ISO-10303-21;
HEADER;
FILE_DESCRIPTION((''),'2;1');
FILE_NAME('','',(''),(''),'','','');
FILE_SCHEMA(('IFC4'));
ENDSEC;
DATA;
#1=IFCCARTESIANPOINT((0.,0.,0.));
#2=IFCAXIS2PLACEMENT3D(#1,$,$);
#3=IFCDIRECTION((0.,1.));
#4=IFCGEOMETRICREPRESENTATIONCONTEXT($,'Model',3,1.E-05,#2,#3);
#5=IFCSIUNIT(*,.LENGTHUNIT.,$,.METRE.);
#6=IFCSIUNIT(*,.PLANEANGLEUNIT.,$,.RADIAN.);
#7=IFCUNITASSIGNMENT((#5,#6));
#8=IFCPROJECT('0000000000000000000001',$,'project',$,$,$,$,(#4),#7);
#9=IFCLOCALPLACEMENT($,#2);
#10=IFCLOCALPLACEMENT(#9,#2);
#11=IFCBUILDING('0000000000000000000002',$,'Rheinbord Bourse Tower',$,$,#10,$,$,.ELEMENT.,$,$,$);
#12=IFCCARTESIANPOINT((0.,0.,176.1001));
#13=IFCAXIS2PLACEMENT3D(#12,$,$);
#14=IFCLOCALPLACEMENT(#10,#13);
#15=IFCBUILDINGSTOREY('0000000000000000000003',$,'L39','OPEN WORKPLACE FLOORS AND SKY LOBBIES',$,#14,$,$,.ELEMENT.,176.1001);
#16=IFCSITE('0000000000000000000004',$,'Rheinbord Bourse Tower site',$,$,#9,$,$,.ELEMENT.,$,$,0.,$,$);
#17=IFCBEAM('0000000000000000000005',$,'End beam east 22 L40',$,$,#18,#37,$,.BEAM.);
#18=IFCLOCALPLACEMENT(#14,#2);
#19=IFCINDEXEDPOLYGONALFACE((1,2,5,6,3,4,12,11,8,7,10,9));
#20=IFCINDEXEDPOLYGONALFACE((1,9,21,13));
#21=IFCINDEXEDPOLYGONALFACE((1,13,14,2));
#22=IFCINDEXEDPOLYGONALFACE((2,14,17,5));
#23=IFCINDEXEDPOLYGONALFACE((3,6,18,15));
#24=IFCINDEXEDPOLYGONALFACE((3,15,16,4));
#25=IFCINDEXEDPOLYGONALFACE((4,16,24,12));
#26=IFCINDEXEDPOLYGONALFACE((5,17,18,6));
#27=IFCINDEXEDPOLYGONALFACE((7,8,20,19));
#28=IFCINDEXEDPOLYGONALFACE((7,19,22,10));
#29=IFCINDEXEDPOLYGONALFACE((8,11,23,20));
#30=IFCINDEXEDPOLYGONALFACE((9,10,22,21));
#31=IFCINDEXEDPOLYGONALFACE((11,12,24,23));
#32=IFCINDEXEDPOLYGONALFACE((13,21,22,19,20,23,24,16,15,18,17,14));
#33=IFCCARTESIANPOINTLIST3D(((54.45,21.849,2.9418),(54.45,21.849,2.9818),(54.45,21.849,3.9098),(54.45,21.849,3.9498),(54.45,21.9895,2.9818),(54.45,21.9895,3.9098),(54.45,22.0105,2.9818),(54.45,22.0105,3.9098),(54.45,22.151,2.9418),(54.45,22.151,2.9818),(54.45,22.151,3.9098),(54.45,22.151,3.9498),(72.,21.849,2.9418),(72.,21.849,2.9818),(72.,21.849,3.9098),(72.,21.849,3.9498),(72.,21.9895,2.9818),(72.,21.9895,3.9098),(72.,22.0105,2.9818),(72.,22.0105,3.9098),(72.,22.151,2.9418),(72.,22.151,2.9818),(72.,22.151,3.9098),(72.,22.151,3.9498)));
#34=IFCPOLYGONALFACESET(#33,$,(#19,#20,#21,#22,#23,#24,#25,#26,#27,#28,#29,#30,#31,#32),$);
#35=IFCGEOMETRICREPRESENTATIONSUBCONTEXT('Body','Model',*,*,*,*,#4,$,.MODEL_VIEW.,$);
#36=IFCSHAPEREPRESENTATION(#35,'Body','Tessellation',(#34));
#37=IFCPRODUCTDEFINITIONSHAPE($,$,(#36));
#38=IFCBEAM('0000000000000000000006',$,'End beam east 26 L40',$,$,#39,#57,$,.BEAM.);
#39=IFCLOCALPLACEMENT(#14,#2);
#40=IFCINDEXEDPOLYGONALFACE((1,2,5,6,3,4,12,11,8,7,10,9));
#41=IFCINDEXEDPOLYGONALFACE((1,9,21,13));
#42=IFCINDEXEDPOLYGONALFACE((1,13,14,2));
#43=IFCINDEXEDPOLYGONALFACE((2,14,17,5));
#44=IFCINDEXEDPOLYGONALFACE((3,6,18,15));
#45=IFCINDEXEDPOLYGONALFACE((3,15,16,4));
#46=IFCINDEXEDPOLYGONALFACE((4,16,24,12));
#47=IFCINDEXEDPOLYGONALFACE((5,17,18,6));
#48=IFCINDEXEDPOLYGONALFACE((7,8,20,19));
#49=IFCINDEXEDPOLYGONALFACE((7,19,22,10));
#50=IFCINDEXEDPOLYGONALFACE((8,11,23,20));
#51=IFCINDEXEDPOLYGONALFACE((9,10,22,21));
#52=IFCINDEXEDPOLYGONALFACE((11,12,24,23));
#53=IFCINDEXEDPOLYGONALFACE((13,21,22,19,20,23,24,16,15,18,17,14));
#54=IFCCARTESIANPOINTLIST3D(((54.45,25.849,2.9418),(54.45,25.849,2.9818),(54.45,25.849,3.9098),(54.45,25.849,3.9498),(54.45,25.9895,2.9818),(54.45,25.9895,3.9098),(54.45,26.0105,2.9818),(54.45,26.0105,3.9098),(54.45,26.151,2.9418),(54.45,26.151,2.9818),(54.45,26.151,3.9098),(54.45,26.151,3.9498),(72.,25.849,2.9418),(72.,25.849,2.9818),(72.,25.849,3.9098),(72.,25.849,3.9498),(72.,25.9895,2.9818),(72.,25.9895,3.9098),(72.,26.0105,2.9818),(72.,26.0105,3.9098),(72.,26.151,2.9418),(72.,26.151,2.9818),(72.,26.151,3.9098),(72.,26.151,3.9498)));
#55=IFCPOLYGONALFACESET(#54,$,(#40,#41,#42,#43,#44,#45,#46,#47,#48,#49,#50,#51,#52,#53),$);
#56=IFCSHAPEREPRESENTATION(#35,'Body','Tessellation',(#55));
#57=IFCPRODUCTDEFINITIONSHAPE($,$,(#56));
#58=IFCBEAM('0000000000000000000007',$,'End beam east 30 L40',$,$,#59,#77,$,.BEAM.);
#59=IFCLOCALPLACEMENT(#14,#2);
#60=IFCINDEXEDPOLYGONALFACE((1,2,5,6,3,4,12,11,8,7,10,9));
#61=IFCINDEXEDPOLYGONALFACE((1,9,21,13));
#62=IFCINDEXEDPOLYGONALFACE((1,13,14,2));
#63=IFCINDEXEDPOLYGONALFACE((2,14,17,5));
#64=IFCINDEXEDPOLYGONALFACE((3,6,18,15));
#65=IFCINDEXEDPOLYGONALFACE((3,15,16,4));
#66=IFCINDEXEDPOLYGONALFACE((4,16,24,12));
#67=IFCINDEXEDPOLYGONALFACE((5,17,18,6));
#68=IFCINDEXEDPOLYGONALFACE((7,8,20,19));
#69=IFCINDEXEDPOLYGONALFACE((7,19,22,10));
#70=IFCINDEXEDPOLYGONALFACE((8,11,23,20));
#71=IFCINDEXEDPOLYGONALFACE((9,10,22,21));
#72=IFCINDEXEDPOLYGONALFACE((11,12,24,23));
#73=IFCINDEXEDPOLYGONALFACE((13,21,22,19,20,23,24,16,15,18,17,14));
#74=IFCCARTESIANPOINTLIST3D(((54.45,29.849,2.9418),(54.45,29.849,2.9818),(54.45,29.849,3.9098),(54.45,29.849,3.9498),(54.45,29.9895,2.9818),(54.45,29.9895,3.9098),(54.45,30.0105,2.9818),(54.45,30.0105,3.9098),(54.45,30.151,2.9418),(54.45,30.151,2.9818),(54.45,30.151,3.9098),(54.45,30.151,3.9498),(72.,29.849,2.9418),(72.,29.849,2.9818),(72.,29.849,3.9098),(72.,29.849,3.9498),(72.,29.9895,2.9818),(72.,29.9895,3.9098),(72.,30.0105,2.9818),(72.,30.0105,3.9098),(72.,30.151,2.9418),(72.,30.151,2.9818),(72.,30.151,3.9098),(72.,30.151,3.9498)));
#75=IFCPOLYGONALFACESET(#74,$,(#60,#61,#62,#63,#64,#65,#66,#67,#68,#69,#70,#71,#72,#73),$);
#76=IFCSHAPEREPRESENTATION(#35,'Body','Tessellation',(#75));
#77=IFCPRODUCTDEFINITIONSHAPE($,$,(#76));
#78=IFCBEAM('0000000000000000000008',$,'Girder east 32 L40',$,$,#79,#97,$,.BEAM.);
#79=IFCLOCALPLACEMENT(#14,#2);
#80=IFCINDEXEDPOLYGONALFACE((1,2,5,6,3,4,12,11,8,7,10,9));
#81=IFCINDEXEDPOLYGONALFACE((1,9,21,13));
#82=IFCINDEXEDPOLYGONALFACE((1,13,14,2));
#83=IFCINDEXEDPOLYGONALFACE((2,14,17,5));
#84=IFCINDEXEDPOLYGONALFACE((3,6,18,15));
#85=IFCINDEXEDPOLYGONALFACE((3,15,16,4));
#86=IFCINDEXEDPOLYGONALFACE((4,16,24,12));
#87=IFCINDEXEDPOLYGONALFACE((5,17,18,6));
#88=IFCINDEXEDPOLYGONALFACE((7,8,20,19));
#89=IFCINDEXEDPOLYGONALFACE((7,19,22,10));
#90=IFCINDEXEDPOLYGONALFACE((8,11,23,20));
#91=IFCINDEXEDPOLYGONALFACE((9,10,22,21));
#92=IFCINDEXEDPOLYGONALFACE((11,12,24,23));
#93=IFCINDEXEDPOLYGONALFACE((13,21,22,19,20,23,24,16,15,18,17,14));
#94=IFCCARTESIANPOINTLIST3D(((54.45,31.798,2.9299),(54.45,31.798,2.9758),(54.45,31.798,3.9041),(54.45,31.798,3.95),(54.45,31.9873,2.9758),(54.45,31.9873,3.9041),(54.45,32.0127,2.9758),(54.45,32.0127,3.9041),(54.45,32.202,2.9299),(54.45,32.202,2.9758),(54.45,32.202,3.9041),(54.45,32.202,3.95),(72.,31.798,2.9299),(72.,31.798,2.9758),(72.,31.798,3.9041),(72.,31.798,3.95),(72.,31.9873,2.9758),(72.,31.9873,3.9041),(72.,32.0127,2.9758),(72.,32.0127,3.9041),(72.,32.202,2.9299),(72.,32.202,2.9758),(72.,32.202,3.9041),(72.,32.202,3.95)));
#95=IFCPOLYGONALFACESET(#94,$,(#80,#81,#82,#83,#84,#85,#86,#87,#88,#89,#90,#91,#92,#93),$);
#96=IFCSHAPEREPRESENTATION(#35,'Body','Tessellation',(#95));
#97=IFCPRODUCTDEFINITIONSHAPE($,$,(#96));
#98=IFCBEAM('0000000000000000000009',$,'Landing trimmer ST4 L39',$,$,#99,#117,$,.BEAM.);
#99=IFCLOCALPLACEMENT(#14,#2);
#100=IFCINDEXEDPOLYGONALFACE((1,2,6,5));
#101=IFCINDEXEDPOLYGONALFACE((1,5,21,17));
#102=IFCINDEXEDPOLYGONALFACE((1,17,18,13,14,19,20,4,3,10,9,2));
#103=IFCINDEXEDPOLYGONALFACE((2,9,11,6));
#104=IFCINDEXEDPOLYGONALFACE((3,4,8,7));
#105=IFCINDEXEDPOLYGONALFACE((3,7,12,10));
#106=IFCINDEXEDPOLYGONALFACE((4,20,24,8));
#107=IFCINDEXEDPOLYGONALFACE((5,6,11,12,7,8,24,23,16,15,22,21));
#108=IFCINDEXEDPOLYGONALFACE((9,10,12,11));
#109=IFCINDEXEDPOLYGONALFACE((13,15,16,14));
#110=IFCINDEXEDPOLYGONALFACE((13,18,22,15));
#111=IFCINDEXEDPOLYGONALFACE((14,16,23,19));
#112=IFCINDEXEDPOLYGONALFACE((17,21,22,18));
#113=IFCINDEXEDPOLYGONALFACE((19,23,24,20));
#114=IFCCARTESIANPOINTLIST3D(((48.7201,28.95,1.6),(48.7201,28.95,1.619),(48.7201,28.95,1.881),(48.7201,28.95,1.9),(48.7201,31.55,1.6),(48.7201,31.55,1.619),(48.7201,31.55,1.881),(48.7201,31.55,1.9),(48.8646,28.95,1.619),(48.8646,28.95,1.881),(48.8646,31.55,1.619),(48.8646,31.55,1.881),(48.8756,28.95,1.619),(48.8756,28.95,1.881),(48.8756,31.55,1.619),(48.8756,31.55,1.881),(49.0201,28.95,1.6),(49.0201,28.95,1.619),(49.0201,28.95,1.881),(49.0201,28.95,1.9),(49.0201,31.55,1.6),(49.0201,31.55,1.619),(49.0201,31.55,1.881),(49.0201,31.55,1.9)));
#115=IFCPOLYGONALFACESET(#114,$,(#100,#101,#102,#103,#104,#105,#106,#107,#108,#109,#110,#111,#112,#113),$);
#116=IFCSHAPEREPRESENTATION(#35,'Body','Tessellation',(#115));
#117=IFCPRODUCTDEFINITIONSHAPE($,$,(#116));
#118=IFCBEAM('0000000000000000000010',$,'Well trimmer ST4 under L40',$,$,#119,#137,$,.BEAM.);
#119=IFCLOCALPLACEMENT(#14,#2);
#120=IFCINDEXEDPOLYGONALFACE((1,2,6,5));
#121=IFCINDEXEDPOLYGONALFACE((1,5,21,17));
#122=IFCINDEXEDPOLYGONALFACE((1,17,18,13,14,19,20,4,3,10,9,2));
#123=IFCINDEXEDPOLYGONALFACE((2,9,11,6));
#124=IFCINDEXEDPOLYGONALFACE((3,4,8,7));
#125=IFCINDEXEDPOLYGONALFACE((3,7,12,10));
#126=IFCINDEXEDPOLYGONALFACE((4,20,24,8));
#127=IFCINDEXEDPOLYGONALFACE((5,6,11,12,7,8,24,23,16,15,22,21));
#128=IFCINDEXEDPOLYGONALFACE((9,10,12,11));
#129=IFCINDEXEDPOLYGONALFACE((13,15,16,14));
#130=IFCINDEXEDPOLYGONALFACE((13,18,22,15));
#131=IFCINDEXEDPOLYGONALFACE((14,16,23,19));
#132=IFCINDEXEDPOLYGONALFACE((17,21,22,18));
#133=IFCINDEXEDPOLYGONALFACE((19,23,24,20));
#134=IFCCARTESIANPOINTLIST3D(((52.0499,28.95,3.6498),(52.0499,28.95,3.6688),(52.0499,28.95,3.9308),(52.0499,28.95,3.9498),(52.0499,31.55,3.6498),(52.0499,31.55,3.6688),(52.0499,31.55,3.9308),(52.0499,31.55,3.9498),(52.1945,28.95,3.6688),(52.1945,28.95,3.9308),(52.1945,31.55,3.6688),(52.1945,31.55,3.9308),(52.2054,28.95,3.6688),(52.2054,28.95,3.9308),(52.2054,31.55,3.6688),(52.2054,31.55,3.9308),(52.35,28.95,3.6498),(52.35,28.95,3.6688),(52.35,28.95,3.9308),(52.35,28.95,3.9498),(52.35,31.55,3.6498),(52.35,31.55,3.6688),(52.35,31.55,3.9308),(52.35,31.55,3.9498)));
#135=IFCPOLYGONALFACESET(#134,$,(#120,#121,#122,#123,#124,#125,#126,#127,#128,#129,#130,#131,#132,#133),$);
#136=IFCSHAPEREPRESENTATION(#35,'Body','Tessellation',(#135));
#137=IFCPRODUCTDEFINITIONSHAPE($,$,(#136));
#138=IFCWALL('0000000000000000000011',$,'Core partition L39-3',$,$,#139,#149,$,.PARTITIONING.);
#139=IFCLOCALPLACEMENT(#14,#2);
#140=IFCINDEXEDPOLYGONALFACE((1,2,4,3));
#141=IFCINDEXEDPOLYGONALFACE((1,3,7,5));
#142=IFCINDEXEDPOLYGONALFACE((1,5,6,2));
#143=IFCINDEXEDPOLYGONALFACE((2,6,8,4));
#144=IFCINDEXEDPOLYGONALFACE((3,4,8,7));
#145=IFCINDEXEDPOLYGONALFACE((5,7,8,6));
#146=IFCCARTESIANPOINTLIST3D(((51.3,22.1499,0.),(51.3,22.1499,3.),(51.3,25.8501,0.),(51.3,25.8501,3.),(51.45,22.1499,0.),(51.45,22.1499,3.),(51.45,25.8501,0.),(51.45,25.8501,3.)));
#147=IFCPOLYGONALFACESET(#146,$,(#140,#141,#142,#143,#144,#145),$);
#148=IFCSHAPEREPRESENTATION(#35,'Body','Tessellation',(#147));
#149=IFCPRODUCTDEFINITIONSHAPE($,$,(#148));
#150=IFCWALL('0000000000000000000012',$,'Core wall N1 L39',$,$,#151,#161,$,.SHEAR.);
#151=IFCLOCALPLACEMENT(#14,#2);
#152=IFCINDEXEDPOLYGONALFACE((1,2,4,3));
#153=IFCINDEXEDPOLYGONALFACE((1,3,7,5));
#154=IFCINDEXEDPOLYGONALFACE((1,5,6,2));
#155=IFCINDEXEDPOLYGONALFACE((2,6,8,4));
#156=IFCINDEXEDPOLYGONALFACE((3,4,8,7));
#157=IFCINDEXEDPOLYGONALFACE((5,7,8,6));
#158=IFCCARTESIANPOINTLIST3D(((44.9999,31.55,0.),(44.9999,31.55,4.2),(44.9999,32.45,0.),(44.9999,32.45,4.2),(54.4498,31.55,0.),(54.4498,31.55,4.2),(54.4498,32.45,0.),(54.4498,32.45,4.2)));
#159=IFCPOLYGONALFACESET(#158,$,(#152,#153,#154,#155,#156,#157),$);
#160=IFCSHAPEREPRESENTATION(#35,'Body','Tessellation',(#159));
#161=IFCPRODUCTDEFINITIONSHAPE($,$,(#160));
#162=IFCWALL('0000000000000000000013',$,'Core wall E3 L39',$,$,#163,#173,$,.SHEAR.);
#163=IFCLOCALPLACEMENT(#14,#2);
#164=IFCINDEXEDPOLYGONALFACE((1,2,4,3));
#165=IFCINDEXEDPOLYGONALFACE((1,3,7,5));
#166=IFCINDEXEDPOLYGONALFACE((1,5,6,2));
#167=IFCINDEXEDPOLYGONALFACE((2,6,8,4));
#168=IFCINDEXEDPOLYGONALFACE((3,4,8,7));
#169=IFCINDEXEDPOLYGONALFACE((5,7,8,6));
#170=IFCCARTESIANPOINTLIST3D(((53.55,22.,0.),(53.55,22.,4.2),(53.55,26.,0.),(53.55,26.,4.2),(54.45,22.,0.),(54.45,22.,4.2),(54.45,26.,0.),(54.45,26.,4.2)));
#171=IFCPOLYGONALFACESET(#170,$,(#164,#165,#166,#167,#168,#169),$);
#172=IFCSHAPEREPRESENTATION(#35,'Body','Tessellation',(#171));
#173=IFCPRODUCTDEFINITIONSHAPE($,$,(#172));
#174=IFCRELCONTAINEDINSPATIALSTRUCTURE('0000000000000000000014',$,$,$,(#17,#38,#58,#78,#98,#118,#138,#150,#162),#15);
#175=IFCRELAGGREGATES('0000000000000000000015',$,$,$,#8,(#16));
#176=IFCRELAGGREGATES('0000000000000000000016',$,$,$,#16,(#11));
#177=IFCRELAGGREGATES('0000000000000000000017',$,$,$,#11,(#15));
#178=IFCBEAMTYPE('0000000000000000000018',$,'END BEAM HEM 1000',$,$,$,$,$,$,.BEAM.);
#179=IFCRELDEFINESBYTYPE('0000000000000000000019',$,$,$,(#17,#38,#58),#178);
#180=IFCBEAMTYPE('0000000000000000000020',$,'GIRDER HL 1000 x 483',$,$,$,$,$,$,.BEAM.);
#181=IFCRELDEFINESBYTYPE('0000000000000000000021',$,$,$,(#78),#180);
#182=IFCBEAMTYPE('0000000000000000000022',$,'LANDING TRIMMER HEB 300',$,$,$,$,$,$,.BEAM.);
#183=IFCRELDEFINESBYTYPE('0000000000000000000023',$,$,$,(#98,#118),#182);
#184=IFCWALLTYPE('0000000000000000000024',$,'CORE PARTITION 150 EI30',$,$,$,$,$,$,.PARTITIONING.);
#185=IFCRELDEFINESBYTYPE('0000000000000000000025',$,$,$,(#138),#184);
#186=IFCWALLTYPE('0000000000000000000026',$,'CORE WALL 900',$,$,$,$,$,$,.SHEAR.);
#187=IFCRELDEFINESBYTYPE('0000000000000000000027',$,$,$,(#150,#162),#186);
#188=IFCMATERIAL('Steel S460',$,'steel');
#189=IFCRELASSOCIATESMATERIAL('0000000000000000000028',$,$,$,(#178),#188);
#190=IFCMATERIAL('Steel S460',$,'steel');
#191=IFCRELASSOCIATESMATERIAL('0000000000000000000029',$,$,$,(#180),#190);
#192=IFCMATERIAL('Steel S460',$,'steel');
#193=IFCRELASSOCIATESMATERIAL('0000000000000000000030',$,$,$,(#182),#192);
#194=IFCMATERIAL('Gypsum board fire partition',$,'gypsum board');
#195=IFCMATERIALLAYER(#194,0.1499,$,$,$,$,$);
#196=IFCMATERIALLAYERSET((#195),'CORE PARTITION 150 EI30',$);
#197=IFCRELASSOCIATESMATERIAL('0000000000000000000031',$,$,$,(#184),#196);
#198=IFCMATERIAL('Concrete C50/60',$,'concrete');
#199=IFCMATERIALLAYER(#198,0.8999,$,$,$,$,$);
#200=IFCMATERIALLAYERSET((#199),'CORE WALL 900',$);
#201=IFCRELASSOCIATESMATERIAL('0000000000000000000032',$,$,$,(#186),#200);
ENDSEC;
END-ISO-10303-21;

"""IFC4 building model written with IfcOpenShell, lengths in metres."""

from ifc_helpers import new_model, si_unit, direction, frame, frame_2d, origin, origin_2d, place, context, subcontext, project, spatial, rectangle, i_section, extrude, material, layer, layer_set, material_profile, profile_set, type_object, element, save


model = new_model("IFC4")

# Units and contexts
model_context = context("Model", 3, precision=1e-05, world=origin(), true_north=direction((0.0, 1.0)))
body_context = subcontext(model_context, "Body", "Model", "MODEL_VIEW")
ifc_project = project(units=[si_unit("LENGTHUNIT", "METRE"), si_unit("PLANEANGLEUNIT", "RADIAN")], contexts=[model_context])

# Site, building, storey
site_placement = place(None, origin())
site = spatial("IfcSite", under=ifc_project, at=site_placement, Name="Rheinbord Bourse Tower site", CompositionType="ELEMENT", RefElevation=0.0)
building_placement = place(site_placement, origin())
building = spatial("IfcBuilding", under=site, at=building_placement, Name="Rheinbord Bourse Tower", CompositionType="ELEMENT")
storey_placement = place(building_placement, frame((0.0, 0.0, 176.1001)))
storey = spatial("IfcBuildingStorey", under=building, at=storey_placement, Name="L39", Description="OPEN WORKPLACE FLOORS AND SKY LOBBIES", CompositionType="ELEMENT", Elevation=176.1001)

# Beams
ifc_material_1 = material(Name="Steel S460", Category="steel")
ifc_material_profile_1 = material_profile(ifc_material_1, i_section(OverallWidth=0.302, OverallDepth=1.0081, WebThickness=0.021, FlangeThickness=0.04, at=origin_2d()), Name="HEM 1000")
ifc_profile_set_1 = profile_set([ifc_material_profile_1], Name="Steel S460")
beam_type_1 = type_object("IfcBeamType", Name="END BEAM HEM 1000", PredefinedType="BEAM", material=ifc_profile_set_1)
for number, where, z_axis, x_axis, name in (
    (1, (54.45, 22.0, 3.4458), (1.0, 0.0, 0.0), (0.0, 1.0, 0.0), "End beam east 22 L40"),
    (2, (54.45, 26.0, 3.4458), (1.0, 0.0, 0.0), (0.0, 1.0, 0.0), "End beam east 26 L40"),
    (3, (54.45, 30.0, 3.4458), (1.0, 0.0, 0.0), (0.0, 1.0, 0.0), "End beam east 30 L40"),
):
    element("IfcBeam", number, at=place(storey_placement, frame(where, z_axis=z_axis, x_axis=x_axis)), inside=storey, type_object=beam_type_1, Name=name, PredefinedType="BEAM", context=body_context, shape_type="SweptSolid", body=[
        extrude(i_section(OverallWidth=0.302, OverallDepth=1.0081, WebThickness=0.021, FlangeThickness=0.04, at=origin_2d()), origin(), (0.0, 0.0, 1.0), 17.55),
    ])
ifc_material_2 = material(Name="Steel S460", Category="steel")
ifc_material_profile_2 = material_profile(ifc_material_2, i_section(OverallWidth=0.4041, OverallDepth=1.02, WebThickness=0.0254, FlangeThickness=0.0459, at=origin_2d()), Name="HL 1000 x 483")
ifc_profile_set_2 = profile_set([ifc_material_profile_2], Name="Steel S460")
beam_type_2 = type_object("IfcBeamType", Name="GIRDER HL 1000 x 483", PredefinedType="BEAM", material=ifc_profile_set_2)
beam_placement = place(storey_placement, frame((54.45, 32.0, 3.4399), z_axis=(1.0, 0.0, 0.0), x_axis=(0.0, 1.0, 0.0)))
element("IfcBeam", 4, at=beam_placement, inside=storey, type_object=beam_type_2, Name="Girder east 32 L40", PredefinedType="BEAM", context=body_context, shape_type="SweptSolid", body=[
    extrude(i_section(OverallWidth=0.4041, OverallDepth=1.02, WebThickness=0.0254, FlangeThickness=0.0459, at=origin_2d()), origin(), (0.0, 0.0, 1.0), 17.55),
])
ifc_material_3 = material(Name="Steel S460", Category="steel")
ifc_material_profile_3 = material_profile(ifc_material_3, i_section(OverallWidth=0.3, OverallDepth=0.3, WebThickness=0.011, FlangeThickness=0.019, at=origin_2d()), Name="HEB 300")
ifc_profile_set_3 = profile_set([ifc_material_profile_3], Name="Steel S460")
beam_type_3 = type_object("IfcBeamType", Name="LANDING TRIMMER HEB 300", PredefinedType="BEAM", material=ifc_profile_set_3)
for number, where, z_axis, x_axis, name in (
    (5, (48.8701, 28.95, 1.75), (0.0, 1.0, 0.0), (-1.0, 0.0, 0.0), "Landing trimmer ST4 L39"),
    (6, (52.2, 28.95, 3.7998), (0.0, 1.0, 0.0), (-1.0, 0.0, 0.0), "Well trimmer ST4 under L40"),
):
    element("IfcBeam", number, at=place(storey_placement, frame(where, z_axis=z_axis, x_axis=x_axis)), inside=storey, type_object=beam_type_3, Name=name, PredefinedType="BEAM", context=body_context, shape_type="SweptSolid", body=[
        extrude(i_section(OverallWidth=0.3, OverallDepth=0.3, WebThickness=0.011, FlangeThickness=0.019, at=origin_2d()), origin(), (0.0, 0.0, 1.0), 2.6001),
    ])

# Walls
ifc_material_4 = material(Name="Gypsum board fire partition", Category="gypsum board")
ifc_layer_1 = layer(ifc_material_4, 0.1499)
ifc_layer_set_1 = layer_set([ifc_layer_1], Name="CORE PARTITION 150 EI30")
wall_type_1 = type_object("IfcWallType", Name="CORE PARTITION 150 EI30", PredefinedType="PARTITIONING", material=ifc_layer_set_1)
wall_1_placement = place(storey_placement, frame((51.375, 22.1499, 0.0), z_axis=(0.0, 0.0, 1.0), x_axis=(0.0, 1.0, 0.0)))
element("IfcWall", 7, at=wall_1_placement, inside=storey, type_object=wall_type_1, Name="Core partition L39-3", PredefinedType="PARTITIONING", context=body_context, shape_type="SweptSolid", body=[
    extrude(rectangle(XDim=3.7002, YDim=0.1499, at=frame_2d((1.8501, 0.0))), origin(), (0.0, 0.0, 1.0), 3.0),
])
ifc_material_5 = material(Name="Concrete C50/60", Category="concrete")
ifc_layer_2 = layer(ifc_material_5, 0.8999)
ifc_layer_set_2 = layer_set([ifc_layer_2], Name="CORE WALL 900")
wall_type_2 = type_object("IfcWallType", Name="CORE WALL 900", PredefinedType="SHEAR", material=ifc_layer_set_2)
wall_2_placement = place(storey_placement, frame((54.45, 32.0, 0.0), z_axis=(0.0, 0.0, 1.0), x_axis=(-1.0, 0.0, 0.0)))
element("IfcWall", 8, at=wall_2_placement, inside=storey, type_object=wall_type_2, Name="Core wall N1 L39", PredefinedType="SHEAR", context=body_context, shape_type="SweptSolid", body=[
    extrude(rectangle(XDim=9.45, YDim=0.8999, at=frame_2d((4.7251, 0.0))), origin(), (0.0, 0.0, 1.0), 4.2),
])
wall_3_placement = place(storey_placement, frame((54.0, 22.0, 0.0), z_axis=(0.0, 0.0, 1.0), x_axis=(0.0, 1.0, 0.0)))
element("IfcWall", 9, at=wall_3_placement, inside=storey, type_object=wall_type_2, Name="Core wall E3 L39", PredefinedType="SHEAR", context=body_context, shape_type="SweptSolid", body=[
    extrude(rectangle(XDim=4.0, YDim=0.8999, at=frame_2d((2.0, 0.0))), origin(), (0.0, 0.0, 1.0), 4.2),
])

save(model, "model.ifc")
